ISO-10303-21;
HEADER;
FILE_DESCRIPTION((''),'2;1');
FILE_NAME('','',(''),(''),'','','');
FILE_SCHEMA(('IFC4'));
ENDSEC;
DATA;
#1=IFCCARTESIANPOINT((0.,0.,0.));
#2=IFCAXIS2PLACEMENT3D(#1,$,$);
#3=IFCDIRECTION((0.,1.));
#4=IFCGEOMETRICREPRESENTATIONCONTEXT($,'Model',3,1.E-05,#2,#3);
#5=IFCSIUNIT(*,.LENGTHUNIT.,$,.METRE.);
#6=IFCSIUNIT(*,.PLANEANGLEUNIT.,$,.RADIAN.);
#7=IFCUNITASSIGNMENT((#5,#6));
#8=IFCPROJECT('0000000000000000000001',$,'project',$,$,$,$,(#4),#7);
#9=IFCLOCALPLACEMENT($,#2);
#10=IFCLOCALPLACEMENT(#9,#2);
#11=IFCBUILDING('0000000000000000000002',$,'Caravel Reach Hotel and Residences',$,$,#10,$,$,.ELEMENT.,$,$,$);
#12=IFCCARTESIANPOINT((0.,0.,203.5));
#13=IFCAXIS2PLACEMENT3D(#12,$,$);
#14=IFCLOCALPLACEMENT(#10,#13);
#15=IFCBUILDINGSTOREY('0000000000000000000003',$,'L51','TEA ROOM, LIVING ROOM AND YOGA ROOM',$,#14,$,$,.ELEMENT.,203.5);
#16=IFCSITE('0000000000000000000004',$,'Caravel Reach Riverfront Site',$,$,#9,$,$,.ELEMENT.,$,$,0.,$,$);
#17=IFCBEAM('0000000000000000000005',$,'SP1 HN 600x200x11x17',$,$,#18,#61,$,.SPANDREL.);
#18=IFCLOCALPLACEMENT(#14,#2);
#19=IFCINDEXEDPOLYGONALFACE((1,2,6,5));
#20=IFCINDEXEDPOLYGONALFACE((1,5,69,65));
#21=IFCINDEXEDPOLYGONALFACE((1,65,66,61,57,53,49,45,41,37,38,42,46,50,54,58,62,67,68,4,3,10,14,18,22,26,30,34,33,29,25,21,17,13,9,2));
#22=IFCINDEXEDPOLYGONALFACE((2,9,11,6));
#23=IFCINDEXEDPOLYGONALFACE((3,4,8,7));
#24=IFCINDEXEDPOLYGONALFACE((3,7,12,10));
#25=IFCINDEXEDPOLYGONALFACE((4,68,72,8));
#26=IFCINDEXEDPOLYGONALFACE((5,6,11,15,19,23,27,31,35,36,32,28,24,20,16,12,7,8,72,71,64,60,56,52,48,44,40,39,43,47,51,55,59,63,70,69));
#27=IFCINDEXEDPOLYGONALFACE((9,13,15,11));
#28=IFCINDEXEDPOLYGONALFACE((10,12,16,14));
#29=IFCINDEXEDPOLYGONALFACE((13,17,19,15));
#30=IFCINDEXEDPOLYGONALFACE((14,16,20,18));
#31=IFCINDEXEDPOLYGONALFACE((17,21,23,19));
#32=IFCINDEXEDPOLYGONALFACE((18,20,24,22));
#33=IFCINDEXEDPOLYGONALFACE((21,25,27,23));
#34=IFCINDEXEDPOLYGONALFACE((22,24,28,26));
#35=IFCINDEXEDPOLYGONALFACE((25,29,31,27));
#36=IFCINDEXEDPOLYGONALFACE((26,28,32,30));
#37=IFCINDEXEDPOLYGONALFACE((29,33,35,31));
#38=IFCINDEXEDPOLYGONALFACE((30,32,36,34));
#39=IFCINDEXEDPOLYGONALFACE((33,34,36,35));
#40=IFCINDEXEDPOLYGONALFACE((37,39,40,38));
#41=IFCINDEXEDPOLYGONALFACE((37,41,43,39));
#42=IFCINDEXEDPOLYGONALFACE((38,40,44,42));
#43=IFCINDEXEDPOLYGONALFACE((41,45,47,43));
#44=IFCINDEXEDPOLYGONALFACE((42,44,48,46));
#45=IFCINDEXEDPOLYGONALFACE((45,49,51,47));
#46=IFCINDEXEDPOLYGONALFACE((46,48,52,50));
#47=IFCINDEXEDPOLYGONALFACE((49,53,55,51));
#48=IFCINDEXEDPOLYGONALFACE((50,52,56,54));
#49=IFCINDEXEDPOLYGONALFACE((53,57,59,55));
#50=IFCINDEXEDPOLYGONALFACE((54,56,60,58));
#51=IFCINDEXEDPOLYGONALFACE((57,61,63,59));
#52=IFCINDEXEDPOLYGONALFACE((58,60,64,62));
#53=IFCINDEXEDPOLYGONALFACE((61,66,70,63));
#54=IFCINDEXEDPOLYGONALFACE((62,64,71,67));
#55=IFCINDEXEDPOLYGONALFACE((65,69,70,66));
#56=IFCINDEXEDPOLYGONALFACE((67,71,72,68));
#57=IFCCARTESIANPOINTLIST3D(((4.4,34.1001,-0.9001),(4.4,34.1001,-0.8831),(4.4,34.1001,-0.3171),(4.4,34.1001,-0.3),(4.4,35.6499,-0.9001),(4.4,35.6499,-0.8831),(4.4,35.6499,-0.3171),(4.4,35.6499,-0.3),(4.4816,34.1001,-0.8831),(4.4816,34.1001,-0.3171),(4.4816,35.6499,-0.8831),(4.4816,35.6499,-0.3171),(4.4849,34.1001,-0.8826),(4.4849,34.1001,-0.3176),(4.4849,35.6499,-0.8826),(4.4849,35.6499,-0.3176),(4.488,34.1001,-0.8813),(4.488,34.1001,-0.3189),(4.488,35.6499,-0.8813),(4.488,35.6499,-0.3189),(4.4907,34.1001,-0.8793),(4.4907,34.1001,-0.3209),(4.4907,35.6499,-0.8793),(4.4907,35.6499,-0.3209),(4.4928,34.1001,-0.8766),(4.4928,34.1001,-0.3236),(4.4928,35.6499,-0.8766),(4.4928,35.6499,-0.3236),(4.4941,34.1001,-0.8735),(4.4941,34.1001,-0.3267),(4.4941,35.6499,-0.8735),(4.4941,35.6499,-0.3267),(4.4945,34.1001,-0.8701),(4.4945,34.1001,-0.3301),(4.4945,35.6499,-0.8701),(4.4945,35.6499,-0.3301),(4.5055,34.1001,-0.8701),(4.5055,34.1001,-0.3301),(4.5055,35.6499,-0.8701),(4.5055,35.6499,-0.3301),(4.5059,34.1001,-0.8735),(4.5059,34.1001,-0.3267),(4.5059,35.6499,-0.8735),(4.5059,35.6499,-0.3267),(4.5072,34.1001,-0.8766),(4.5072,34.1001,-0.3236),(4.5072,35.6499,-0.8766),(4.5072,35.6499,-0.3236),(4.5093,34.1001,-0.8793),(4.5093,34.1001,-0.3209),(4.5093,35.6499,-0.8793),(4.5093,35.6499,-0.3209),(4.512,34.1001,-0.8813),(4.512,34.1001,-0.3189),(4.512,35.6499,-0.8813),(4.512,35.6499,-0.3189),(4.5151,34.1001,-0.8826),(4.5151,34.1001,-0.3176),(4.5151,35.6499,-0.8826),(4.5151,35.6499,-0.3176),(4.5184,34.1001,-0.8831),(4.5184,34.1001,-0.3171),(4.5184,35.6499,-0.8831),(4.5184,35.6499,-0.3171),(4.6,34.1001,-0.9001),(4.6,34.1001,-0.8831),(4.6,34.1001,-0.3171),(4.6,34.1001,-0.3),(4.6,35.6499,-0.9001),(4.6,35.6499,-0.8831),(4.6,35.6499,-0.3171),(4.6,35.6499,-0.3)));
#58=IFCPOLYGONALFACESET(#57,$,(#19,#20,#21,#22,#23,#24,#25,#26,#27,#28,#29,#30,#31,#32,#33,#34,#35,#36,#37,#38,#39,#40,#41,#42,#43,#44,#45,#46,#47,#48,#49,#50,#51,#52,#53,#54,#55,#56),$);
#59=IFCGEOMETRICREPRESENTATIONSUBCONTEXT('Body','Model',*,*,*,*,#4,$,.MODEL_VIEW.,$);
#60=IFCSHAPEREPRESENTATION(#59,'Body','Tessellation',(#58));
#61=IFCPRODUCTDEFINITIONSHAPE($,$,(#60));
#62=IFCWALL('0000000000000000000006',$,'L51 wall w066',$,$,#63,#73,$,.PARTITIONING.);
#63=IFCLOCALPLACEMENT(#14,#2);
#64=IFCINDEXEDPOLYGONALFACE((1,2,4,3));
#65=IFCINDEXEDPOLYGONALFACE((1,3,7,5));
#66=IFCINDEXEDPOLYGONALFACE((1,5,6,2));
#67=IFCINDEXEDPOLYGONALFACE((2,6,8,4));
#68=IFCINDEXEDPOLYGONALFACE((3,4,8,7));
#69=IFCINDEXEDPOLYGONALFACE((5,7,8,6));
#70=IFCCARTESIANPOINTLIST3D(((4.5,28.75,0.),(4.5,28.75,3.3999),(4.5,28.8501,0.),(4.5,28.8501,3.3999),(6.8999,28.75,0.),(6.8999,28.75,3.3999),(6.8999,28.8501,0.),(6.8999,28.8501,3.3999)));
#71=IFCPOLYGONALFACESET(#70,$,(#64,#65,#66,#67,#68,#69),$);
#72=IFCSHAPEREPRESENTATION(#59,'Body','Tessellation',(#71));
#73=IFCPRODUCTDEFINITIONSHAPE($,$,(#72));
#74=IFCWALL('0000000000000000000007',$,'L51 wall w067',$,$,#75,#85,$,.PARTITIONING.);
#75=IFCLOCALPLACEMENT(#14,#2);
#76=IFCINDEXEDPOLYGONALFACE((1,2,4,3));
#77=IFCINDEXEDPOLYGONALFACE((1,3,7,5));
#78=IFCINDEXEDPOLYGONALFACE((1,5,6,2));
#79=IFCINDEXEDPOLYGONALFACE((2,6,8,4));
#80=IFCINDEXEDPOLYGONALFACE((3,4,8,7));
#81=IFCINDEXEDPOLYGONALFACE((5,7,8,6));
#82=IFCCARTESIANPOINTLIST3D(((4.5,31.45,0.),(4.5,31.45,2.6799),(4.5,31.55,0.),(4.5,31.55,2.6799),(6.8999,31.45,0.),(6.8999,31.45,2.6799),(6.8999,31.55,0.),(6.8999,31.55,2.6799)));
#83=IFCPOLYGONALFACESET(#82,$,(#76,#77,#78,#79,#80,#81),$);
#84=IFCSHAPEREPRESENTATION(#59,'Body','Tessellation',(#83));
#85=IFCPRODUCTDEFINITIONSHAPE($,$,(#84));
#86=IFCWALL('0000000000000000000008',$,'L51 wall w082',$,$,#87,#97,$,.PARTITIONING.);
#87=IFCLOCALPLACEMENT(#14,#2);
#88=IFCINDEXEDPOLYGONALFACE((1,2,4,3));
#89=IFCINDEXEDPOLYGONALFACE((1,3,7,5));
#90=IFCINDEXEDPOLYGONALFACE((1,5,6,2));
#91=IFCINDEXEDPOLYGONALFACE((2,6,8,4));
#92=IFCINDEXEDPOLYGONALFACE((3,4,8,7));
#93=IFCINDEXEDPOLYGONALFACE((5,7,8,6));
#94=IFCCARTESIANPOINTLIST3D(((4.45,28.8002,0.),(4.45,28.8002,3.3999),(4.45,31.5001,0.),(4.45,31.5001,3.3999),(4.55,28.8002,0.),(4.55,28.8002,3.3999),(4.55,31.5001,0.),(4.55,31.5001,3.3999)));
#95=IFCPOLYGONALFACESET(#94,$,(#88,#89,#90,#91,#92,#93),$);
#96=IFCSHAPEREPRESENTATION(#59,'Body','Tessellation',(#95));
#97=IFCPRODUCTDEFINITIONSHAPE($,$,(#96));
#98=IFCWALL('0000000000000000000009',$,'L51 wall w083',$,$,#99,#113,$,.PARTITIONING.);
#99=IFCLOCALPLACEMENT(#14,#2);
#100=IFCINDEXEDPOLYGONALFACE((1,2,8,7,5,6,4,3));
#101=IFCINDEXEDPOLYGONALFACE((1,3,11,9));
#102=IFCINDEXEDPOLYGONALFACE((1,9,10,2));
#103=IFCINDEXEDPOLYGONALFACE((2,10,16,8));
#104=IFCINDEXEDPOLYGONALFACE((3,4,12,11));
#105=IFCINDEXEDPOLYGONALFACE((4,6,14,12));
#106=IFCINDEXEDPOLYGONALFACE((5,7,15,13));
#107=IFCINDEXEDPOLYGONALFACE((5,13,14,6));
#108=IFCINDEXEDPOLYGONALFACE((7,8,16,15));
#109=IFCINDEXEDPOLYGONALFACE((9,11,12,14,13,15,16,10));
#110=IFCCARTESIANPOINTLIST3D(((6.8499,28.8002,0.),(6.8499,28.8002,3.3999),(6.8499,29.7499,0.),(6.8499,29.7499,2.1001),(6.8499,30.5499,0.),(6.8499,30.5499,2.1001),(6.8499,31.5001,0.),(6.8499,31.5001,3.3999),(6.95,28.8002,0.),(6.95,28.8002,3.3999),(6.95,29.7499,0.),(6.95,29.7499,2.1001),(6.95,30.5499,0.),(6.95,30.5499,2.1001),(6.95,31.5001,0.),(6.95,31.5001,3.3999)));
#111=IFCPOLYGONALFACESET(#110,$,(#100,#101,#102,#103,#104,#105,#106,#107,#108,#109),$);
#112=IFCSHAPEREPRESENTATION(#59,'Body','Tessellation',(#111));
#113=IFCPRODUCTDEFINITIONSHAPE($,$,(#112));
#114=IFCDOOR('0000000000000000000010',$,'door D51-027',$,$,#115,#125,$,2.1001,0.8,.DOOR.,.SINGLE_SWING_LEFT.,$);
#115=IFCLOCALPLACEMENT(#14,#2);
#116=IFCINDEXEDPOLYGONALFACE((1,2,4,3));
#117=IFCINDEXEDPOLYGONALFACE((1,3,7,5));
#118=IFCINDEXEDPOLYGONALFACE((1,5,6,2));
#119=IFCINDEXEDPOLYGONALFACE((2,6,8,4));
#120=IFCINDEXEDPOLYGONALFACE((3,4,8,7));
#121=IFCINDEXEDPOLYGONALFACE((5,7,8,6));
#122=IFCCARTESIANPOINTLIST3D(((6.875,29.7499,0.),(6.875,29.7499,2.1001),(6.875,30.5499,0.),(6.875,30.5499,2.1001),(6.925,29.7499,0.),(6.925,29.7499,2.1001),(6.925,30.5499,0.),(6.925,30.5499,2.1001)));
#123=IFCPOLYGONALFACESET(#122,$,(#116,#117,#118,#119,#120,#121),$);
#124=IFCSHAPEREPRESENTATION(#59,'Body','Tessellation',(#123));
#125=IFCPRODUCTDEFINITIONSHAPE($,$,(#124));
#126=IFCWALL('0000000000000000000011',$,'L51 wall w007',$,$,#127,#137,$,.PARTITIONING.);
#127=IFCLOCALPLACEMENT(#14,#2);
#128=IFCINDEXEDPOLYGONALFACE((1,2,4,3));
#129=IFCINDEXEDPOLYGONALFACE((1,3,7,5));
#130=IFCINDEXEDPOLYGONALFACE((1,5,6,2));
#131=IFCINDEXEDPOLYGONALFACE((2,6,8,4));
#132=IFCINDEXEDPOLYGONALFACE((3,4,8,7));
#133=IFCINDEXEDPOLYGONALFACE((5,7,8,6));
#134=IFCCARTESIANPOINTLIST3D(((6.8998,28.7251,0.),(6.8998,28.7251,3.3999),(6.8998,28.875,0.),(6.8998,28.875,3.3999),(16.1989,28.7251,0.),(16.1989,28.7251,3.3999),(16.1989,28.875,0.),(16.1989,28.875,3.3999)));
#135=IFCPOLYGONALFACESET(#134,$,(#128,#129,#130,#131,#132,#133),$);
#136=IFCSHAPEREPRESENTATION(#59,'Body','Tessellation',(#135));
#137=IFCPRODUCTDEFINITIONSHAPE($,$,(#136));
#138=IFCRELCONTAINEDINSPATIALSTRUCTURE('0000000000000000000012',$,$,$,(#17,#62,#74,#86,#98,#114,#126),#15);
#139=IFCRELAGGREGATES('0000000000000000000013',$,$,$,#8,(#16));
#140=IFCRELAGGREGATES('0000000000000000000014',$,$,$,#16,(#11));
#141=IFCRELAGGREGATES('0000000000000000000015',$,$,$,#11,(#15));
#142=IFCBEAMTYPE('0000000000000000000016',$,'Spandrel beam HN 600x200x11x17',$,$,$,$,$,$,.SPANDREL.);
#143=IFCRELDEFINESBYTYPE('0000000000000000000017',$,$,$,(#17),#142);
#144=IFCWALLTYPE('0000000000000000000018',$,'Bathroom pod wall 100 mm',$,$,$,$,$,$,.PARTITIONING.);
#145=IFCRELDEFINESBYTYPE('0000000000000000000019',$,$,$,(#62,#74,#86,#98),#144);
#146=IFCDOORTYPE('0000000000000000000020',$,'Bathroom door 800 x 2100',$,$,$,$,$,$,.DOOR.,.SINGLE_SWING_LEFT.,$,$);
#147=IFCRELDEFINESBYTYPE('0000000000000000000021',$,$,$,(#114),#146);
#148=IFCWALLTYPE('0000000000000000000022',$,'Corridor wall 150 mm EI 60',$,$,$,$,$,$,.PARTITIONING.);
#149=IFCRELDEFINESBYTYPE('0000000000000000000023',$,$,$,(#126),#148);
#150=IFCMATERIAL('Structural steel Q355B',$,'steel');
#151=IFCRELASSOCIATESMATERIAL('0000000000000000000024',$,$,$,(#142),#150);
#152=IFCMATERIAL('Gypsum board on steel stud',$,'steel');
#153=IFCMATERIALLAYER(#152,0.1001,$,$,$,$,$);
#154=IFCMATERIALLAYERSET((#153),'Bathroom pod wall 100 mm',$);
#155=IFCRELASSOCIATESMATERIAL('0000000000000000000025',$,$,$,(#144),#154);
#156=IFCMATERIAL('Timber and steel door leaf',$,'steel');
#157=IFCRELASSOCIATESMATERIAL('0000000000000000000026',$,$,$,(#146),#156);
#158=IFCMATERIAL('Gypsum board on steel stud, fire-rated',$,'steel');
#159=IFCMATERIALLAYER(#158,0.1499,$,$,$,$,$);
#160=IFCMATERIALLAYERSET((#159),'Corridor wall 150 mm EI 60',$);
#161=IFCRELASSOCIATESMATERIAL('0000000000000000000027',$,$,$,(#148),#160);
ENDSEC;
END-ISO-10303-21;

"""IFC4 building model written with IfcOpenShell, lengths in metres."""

from ifc_helpers import new_model, si_unit, direction, frame, frame_2d, origin, origin_2d, place, context, subcontext, project, spatial, rectangle, i_section, extrude, material, layer, layer_set, material_profile, profile_set, type_object, element, fill, save


model = new_model("IFC4")

# Units and contexts
model_context = context("Model", 3, precision=1e-05, world=origin(), true_north=direction((0.0, 1.0)))
body_context = subcontext(model_context, "Body", "Model", "MODEL_VIEW")
ifc_project = project(units=[si_unit("LENGTHUNIT", "METRE"), si_unit("PLANEANGLEUNIT", "RADIAN")], contexts=[model_context])

# Site, building, storey
site_placement = place(None, origin())
site = spatial("IfcSite", under=ifc_project, at=site_placement, Name="Caravel Reach Riverfront Site", CompositionType="ELEMENT", RefElevation=0.0)
building_placement = place(site_placement, origin())
building = spatial("IfcBuilding", under=site, at=building_placement, Name="Caravel Reach Hotel and Residences", CompositionType="ELEMENT")
storey_placement = place(building_placement, frame((0.0, 0.0, 203.5)))
storey = spatial("IfcBuildingStorey", under=building, at=storey_placement, Name="L51", Description="TEA ROOM, LIVING ROOM AND YOGA ROOM", CompositionType="ELEMENT", Elevation=203.5)

# Beam
ifc_material_1 = material(Name="Structural steel Q355B", Category="steel")
ifc_material_profile_1 = material_profile(ifc_material_1, i_section(OverallWidth=0.2, OverallDepth=0.6001, WebThickness=0.011, FlangeThickness=0.0171, FilletRadius=0.0129, at=origin_2d()), Name="HN 600x200x11x17")
ifc_profile_set_1 = profile_set([ifc_material_profile_1], Name="Structural steel Q355B")
beam_type_1 = type_object("IfcBeamType", Name="Spandrel beam HN 600x200x11x17", PredefinedType="SPANDREL", material=ifc_profile_set_1)
beam_1_placement = place(storey_placement, frame((4.5, 35.6499, -0.6001), z_axis=(0.0, -1.0, 0.0), x_axis=(1.0, 0.0, 0.0)))
element("IfcBeam", 1, at=beam_1_placement, inside=storey, type_object=beam_type_1, Name="SP1 HN 600x200x11x17", PredefinedType="SPANDREL", context=body_context, shape_type="SweptSolid", body=[
    extrude(i_section(OverallWidth=0.2, OverallDepth=0.6001, WebThickness=0.011, FlangeThickness=0.0171, FilletRadius=0.0129, at=origin_2d()), origin(), (0.0, 0.0, 1.0), 1.5498),
])

# Walls
ifc_material_2 = material(Name="Gypsum board on steel stud", Category="steel")
ifc_layer_1 = layer(ifc_material_2, 0.1001)
ifc_layer_set_1 = layer_set([ifc_layer_1], Name="Bathroom pod wall 100 mm")
wall_type_1 = type_object("IfcWallType", Name="Bathroom pod wall 100 mm", PredefinedType="PARTITIONING", material=ifc_layer_set_1)
wall_1_placement = place(storey_placement, frame((4.5, 28.8, 0.0), z_axis=(0.0, 0.0, 1.0), x_axis=(1.0, 0.0, 0.0)))
element("IfcWall", 2, at=wall_1_placement, inside=storey, type_object=wall_type_1, Name="L51 wall w066", PredefinedType="PARTITIONING", context=body_context, shape_type="SweptSolid", body=[
    extrude(rectangle(XDim=2.3999, YDim=0.1001, at=frame_2d((1.2, 0.0))), origin(), (0.0, 0.0, 1.0), 3.3999),
])
wall_2_placement = place(storey_placement, frame((4.5, 31.5, 0.0), z_axis=(0.0, 0.0, 1.0), x_axis=(1.0, 0.0, 0.0)))
element("IfcWall", 3, at=wall_2_placement, inside=storey, type_object=wall_type_1, Name="L51 wall w067", PredefinedType="PARTITIONING", context=body_context, shape_type="SweptSolid", body=[
    extrude(rectangle(XDim=2.3999, YDim=0.1001, at=frame_2d((1.2, 0.0))), origin(), (0.0, 0.0, 1.0), 2.6799),
])
wall_3_placement = place(storey_placement, frame((4.5, 28.8, 0.0), z_axis=(0.0, 0.0, 1.0), x_axis=(0.0, 1.0, 0.0)))
element("IfcWall", 4, at=wall_3_placement, inside=storey, type_object=wall_type_1, Name="L51 wall w082", PredefinedType="PARTITIONING", context=body_context, shape_type="SweptSolid", body=[
    extrude(rectangle(XDim=2.7, YDim=0.1001, at=frame_2d((1.3501, 0.0))), origin(), (0.0, 0.0, 1.0), 3.3999),
])

# Wall, opening, door
wall_4_placement = place(storey_placement, frame((6.8999, 28.8, 0.0), z_axis=(0.0, 0.0, 1.0), x_axis=(0.0, 1.0, 0.0)))
wall_4 = element("IfcWall", 5, at=wall_4_placement, inside=storey, type_object=wall_type_1, Name="L51 wall w083", PredefinedType="PARTITIONING", context=body_context, shape_type="SweptSolid", body=[
    extrude(rectangle(XDim=2.7, YDim=0.1001, at=frame_2d((1.3501, 0.0))), origin(), (0.0, 0.0, 1.0), 3.3999),
])
opening_1_placement = place(wall_4_placement, frame((0.95, 0.0, 0.0)))
opening_1 = element("IfcOpeningElement", 6, at=opening_1_placement, cuts=wall_4, PredefinedType="OPENING", context=body_context, shape_type="SweptSolid", body=[
    extrude(rectangle(XDim=0.8, YDim=2.1001, at=frame_2d((0.3999, 1.05))), frame((0.0, 0.0601, 0.0), z_axis=(0.0, -1.0, 0.0), x_axis=(1.0, 0.0, 0.0)), (0.0, 0.0, 1.0), 0.1201),
])
ifc_material_3 = material(Name="Timber and steel door leaf", Category="steel")
door_type_1 = type_object("IfcDoorType", Name="Bathroom door 800 x 2100", OperationType="SINGLE_SWING_LEFT", PredefinedType="DOOR", material=ifc_material_3)
door_1_placement = place(opening_1_placement, origin())
door_1 = element("IfcDoor", 7, at=door_1_placement, inside=storey, type_object=door_type_1, Name="door D51-027", OperationType="SINGLE_SWING_LEFT", OverallHeight=2.1001, OverallWidth=0.8, PredefinedType="DOOR", context=body_context, shape_type="SweptSolid", body=[
    extrude(rectangle(XDim=0.8, YDim=2.1001, at=frame_2d((0.3999, 1.05))), frame((0.0, 0.0249, 0.0), z_axis=(0.0, -1.0, 0.0), x_axis=(1.0, 0.0, 0.0)), (0.0, 0.0, 1.0), 0.05),
])
fill(opening_1, door_1)

# Wall
ifc_material_4 = material(Name="Gypsum board on steel stud, fire-rated", Category="steel")
ifc_layer_2 = layer(ifc_material_4, 0.1499)
ifc_layer_set_2 = layer_set([ifc_layer_2], Name="Corridor wall 150 mm EI 60")
wall_type_2 = type_object("IfcWallType", Name="Corridor wall 150 mm EI 60", PredefinedType="PARTITIONING", material=ifc_layer_set_2)
wall_5_placement = place(storey_placement, frame((6.8999, 28.8, 0.0), z_axis=(0.0, 0.0, 1.0), x_axis=(1.0, 0.0, 0.0)))
element("IfcWall", 8, at=wall_5_placement, inside=storey, type_object=wall_type_2, Name="L51 wall w007", PredefinedType="PARTITIONING", context=body_context, shape_type="SweptSolid", body=[
    extrude(rectangle(XDim=9.2991, YDim=0.1499, at=frame_2d((4.6494, 0.0))), origin(), (0.0, 0.0, 1.0), 3.3999),
])

save(model, "model.ifc")
